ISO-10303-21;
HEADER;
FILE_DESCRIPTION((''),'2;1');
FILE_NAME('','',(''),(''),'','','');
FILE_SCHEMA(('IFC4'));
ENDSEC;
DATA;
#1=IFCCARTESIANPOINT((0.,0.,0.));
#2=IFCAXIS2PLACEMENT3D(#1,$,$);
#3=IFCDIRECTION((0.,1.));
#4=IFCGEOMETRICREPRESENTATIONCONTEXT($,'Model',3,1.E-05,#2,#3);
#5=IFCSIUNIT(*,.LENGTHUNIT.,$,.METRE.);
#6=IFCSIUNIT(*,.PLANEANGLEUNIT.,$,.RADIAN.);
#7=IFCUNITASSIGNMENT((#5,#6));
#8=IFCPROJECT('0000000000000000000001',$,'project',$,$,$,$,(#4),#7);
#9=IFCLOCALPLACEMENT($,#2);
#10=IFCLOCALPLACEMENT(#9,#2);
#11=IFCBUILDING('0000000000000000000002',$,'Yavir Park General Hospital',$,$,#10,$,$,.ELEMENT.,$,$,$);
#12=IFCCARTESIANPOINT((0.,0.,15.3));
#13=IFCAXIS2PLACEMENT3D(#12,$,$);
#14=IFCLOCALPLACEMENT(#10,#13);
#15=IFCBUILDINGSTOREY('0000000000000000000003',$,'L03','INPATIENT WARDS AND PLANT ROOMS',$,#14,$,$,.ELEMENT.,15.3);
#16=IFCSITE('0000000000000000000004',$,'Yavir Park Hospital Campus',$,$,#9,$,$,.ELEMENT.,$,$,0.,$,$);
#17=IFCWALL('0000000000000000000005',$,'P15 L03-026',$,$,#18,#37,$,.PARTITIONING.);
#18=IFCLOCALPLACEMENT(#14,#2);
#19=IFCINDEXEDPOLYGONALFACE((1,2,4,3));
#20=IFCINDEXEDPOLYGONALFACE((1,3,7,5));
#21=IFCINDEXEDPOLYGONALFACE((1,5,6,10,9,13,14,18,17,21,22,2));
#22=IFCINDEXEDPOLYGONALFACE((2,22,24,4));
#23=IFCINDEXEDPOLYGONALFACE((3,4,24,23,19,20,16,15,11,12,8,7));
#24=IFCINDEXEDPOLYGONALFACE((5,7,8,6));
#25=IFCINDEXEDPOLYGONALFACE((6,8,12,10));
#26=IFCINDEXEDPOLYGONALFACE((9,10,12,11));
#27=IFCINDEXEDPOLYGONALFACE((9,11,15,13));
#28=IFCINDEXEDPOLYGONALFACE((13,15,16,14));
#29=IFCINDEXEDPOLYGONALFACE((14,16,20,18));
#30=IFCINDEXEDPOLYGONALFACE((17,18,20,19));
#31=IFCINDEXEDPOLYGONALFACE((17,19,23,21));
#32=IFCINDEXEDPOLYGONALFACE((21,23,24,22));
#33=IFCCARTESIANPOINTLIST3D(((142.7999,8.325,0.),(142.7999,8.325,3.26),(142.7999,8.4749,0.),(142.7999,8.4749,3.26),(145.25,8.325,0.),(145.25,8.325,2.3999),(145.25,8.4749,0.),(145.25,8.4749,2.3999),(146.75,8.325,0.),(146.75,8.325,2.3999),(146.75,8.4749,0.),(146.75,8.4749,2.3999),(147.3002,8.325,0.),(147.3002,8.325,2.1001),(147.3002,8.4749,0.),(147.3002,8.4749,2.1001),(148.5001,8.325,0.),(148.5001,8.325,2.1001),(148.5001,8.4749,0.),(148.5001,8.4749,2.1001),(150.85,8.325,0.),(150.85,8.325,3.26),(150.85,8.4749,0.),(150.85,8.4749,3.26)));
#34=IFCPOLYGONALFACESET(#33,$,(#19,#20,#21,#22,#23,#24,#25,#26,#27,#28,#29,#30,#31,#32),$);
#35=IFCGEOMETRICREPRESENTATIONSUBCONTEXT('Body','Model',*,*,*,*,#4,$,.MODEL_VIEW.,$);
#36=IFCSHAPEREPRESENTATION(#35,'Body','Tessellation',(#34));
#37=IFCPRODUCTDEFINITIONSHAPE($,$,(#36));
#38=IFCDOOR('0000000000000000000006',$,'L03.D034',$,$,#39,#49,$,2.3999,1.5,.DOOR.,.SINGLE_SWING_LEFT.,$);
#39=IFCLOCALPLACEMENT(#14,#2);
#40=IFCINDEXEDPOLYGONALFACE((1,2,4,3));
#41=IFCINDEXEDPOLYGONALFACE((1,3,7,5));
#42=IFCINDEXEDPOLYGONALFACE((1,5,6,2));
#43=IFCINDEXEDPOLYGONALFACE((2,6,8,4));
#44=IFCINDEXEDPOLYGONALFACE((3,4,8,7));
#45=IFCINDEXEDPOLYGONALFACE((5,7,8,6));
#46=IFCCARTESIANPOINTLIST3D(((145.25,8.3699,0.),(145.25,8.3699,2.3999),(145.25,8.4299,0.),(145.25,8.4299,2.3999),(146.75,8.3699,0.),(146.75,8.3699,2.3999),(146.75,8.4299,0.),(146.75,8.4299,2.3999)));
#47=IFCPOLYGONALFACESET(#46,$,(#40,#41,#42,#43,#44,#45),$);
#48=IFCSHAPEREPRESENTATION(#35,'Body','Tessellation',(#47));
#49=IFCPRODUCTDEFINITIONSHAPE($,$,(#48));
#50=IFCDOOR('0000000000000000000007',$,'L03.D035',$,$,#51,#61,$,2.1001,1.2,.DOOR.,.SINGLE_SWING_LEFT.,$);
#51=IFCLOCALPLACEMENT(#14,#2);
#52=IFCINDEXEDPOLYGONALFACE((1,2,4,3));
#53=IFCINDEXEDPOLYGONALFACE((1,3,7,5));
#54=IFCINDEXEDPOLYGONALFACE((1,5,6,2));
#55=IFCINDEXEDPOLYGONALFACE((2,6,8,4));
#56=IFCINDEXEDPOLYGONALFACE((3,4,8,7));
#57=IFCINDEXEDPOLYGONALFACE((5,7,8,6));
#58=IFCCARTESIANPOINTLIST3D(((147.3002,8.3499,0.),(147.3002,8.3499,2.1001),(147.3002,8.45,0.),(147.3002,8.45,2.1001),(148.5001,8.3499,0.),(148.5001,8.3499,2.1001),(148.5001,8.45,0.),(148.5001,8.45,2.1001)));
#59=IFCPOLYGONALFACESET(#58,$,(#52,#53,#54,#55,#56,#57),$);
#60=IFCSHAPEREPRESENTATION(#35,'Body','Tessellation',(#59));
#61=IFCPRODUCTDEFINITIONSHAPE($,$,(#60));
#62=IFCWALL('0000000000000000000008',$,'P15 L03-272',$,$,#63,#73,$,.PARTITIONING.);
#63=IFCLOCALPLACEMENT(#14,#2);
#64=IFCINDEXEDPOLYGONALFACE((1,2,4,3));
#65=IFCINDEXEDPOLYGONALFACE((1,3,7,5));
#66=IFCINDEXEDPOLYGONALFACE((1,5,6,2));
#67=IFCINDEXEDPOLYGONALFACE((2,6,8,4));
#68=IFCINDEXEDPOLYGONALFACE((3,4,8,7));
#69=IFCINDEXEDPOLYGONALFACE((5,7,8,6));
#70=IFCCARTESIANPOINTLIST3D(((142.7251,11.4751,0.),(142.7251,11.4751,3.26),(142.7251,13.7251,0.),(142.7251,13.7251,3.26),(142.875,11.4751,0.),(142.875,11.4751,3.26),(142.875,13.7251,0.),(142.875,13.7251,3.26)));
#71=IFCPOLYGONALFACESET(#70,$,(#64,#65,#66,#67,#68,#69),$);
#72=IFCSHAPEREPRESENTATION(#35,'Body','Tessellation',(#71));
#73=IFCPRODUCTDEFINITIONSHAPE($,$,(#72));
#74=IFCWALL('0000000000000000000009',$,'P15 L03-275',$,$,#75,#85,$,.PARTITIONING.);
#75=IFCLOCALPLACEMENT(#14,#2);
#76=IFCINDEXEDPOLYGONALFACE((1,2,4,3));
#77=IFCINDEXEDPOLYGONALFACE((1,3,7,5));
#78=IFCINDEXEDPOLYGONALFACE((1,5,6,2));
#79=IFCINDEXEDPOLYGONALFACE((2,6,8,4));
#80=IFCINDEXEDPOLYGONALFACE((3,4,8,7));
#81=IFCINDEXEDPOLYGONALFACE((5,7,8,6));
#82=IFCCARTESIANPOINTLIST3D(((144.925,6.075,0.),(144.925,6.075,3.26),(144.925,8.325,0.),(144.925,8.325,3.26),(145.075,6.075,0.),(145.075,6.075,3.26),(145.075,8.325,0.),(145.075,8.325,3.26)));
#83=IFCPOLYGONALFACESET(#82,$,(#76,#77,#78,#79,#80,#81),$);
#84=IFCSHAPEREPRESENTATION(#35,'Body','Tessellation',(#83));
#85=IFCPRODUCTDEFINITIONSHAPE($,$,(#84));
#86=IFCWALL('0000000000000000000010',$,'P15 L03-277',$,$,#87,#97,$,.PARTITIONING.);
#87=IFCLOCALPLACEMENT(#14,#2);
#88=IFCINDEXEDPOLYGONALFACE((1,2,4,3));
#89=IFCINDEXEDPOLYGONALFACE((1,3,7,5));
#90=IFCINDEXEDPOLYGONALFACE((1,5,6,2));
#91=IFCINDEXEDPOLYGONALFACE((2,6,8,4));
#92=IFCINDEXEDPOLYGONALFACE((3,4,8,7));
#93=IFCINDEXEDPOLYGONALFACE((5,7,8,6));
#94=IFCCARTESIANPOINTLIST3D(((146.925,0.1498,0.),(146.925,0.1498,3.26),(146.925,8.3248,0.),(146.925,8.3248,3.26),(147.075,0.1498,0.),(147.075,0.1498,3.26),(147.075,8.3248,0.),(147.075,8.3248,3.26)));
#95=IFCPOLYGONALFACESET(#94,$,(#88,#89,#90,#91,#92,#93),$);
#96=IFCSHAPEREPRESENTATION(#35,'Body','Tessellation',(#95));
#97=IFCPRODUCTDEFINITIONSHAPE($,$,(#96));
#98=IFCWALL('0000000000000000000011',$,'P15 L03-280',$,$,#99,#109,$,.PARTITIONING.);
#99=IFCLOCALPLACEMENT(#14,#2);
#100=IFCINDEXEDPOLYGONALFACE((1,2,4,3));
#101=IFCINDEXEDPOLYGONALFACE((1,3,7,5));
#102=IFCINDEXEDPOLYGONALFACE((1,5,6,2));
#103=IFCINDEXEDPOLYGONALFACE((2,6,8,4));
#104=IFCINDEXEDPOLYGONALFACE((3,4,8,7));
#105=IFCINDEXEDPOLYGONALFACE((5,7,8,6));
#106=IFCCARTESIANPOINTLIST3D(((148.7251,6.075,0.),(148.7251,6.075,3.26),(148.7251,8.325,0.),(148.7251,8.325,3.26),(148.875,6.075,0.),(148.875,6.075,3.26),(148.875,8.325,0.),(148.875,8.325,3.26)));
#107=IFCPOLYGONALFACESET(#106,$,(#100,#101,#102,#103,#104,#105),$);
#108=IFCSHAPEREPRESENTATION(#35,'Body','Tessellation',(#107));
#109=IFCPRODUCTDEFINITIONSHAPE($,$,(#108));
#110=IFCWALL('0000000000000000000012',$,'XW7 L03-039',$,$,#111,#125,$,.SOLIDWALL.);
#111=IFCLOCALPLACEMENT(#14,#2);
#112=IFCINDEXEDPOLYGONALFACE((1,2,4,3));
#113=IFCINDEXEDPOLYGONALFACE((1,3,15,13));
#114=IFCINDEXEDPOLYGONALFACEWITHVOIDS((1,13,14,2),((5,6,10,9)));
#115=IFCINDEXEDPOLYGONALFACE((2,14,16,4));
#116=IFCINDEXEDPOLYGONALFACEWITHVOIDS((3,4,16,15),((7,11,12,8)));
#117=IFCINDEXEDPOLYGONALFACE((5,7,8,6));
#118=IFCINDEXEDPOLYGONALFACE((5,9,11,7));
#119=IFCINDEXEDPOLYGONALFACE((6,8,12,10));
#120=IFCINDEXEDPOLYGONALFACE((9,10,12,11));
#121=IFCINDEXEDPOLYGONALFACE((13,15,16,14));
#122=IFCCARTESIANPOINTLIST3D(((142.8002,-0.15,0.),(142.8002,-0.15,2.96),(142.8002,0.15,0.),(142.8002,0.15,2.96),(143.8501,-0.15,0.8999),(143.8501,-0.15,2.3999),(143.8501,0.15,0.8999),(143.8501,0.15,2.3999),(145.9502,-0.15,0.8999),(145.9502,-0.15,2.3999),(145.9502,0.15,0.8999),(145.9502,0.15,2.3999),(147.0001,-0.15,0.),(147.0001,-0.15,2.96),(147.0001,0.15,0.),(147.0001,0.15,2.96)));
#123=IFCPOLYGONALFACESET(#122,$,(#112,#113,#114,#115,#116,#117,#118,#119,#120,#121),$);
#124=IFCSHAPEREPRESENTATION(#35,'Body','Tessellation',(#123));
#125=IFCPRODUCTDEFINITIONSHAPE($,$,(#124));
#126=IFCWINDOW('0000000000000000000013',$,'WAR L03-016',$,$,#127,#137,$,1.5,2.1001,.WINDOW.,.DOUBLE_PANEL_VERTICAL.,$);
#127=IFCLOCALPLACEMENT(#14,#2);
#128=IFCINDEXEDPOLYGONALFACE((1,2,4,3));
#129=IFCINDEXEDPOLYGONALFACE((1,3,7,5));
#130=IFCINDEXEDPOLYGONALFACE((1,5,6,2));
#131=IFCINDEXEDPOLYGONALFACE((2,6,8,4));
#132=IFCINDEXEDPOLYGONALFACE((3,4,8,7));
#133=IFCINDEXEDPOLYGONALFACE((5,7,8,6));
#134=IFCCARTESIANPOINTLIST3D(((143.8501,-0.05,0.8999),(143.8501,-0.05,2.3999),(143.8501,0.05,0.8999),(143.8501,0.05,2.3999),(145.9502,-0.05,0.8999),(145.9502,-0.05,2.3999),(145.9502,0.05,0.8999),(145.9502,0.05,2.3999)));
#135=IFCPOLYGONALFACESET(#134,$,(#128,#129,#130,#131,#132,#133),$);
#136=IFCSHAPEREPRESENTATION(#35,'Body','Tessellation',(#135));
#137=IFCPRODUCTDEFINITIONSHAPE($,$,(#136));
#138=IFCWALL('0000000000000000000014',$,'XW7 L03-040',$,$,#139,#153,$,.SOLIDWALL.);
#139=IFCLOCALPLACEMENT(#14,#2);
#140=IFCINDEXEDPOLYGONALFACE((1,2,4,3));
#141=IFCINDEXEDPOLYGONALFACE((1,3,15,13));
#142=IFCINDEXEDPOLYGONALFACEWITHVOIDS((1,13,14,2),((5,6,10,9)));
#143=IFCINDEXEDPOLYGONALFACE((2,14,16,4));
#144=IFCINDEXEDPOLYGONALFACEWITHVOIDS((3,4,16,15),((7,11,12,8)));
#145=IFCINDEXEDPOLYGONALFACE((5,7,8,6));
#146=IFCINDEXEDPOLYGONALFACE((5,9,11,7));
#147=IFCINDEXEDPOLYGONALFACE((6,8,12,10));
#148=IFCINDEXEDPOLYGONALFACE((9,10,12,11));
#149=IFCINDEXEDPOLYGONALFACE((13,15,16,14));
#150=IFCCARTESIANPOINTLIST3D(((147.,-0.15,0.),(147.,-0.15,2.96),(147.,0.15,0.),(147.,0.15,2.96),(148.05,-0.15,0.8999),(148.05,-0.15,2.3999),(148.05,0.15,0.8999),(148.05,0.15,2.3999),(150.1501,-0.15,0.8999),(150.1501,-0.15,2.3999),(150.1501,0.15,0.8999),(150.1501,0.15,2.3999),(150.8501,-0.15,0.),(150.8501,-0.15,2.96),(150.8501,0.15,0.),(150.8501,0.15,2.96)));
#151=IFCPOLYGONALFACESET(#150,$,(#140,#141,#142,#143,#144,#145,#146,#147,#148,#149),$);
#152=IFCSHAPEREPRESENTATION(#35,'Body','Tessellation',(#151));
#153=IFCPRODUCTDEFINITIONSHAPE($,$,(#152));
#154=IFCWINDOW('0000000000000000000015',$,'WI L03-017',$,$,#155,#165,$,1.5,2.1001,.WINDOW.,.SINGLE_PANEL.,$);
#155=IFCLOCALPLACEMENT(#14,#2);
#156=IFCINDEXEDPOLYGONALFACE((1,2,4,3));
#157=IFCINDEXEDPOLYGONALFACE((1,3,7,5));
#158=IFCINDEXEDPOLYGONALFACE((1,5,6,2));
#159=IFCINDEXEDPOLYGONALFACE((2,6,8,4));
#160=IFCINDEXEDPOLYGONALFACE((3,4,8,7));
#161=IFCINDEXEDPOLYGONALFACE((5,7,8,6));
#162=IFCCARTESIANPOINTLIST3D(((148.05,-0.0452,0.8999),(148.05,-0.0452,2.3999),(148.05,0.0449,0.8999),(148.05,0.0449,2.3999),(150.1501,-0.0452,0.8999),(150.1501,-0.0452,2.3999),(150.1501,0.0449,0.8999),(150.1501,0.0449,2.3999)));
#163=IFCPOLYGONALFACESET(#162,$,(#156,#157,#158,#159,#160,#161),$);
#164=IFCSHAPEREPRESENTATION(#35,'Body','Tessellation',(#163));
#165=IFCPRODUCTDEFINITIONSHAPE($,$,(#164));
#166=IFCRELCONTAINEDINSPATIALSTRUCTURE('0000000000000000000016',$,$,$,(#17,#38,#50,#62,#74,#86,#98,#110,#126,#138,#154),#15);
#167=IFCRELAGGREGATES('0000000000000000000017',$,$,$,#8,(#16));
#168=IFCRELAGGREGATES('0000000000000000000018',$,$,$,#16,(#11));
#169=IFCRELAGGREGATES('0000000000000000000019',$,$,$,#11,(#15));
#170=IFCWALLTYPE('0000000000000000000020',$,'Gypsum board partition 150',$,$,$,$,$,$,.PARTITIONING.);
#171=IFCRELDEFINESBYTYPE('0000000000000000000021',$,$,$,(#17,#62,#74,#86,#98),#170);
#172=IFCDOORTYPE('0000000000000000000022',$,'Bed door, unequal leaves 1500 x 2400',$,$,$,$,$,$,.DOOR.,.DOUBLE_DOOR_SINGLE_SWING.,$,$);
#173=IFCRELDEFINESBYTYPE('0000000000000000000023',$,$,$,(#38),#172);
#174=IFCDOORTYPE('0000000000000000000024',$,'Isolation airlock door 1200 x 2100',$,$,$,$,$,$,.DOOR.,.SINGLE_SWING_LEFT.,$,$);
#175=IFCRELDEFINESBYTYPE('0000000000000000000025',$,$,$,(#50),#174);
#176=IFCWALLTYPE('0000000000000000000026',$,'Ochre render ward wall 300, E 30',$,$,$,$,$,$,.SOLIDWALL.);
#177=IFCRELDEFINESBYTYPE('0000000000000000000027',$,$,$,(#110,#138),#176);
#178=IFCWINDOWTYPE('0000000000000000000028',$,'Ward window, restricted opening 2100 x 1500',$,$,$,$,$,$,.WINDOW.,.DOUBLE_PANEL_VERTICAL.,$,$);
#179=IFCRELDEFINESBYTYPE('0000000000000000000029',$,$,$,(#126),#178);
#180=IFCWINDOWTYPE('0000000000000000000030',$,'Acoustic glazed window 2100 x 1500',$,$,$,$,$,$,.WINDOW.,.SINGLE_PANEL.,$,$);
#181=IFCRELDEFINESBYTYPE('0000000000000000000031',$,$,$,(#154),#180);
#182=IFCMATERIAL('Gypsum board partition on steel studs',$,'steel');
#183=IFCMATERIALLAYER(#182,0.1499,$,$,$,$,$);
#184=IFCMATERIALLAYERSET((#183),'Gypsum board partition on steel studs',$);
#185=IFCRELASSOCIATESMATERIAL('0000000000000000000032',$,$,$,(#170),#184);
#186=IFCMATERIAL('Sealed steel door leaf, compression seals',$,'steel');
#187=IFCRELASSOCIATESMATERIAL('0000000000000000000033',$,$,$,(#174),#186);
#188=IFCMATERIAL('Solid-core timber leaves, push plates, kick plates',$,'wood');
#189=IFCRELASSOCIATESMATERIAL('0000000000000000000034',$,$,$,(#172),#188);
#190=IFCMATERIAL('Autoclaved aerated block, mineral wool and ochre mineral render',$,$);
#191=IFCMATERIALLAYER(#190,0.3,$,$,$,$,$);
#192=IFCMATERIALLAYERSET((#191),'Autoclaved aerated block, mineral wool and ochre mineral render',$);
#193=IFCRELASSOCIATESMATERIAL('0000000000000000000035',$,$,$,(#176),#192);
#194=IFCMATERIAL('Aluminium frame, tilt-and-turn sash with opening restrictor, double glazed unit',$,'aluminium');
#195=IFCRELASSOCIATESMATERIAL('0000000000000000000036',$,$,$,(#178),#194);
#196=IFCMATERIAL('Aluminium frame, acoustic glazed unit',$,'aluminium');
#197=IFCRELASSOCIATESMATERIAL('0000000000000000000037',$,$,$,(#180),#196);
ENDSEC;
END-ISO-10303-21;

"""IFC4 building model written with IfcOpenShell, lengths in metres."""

from ifc_helpers import new_model, si_unit, direction, frame, frame_2d, origin, place, context, subcontext, project, spatial, rectangle, extrude, material, layer, layer_set, type_object, element, fill, save


model = new_model("IFC4")

# Units and contexts
model_context = context("Model", 3, precision=1e-05, world=origin(), true_north=direction((0.0, 1.0)))
body_context = subcontext(model_context, "Body", "Model", "MODEL_VIEW")
ifc_project = project(units=[si_unit("LENGTHUNIT", "METRE"), si_unit("PLANEANGLEUNIT", "RADIAN")], contexts=[model_context])

# Site, building, storey
site_placement = place(None, origin())
site = spatial("IfcSite", under=ifc_project, at=site_placement, Name="Yavir Park Hospital Campus", CompositionType="ELEMENT", RefElevation=0.0)
building_placement = place(site_placement, origin())
building = spatial("IfcBuilding", under=site, at=building_placement, Name="Yavir Park General Hospital", CompositionType="ELEMENT")
storey_placement = place(building_placement, frame((0.0, 0.0, 15.3)))
storey = spatial("IfcBuildingStorey", under=building, at=storey_placement, Name="L03", Description="INPATIENT WARDS AND PLANT ROOMS", CompositionType="ELEMENT", Elevation=15.3)

# Shared definitions
ifc_material_1 = material(Name="Gypsum board partition on steel studs", Category="steel")
ifc_layer_1 = layer(ifc_material_1, 0.1499)
ifc_layer_set_1 = layer_set([ifc_layer_1], Name="Gypsum board partition on steel studs")
wall_type_1 = type_object("IfcWallType", Name="Gypsum board partition 150", PredefinedType="PARTITIONING", material=ifc_layer_set_1)

# Wall, openings, doors
ifc_material_2 = material(Name="Sealed steel door leaf, compression seals", Category="steel")
door_type_1 = type_object("IfcDoorType", Name="Isolation airlock door 1200 x 2100", OperationType="SINGLE_SWING_LEFT", PredefinedType="DOOR", material=ifc_material_2)
wall_1_placement = place(storey_placement, frame((142.8, 8.3999, 0.0), z_axis=(0.0, 0.0, 1.0), x_axis=(1.0, 0.0, 0.0)))
wall_1 = element("IfcWall", 1, at=wall_1_placement, inside=storey, type_object=wall_type_1, Name="P15 L03-026", PredefinedType="PARTITIONING", context=body_context, shape_type="SweptSolid", body=[
    extrude(rectangle(XDim=8.05, YDim=0.1499, at=frame_2d((4.0249, 0.0))), origin(), (0.0, 0.0, 1.0), 3.26),
])
opening_1_placement = place(wall_1_placement, frame((2.45, 0.0, 0.0)))
opening_1 = element("IfcOpeningElement", 2, at=opening_1_placement, cuts=wall_1, PredefinedType="OPENING", context=body_context, shape_type="SweptSolid", body=[
    extrude(rectangle(XDim=1.5, YDim=2.3999, at=frame_2d((0.75, 1.2))), frame((0.0, 0.085, 0.0), z_axis=(0.0, -1.0, 0.0), x_axis=(1.0, 0.0, 0.0)), (0.0, 0.0, 1.0), 0.1699),
])
opening_2_placement = place(wall_1_placement, frame((4.5, 0.0, 0.0)))
opening_2 = element("IfcOpeningElement", 3, at=opening_2_placement, cuts=wall_1, PredefinedType="OPENING", context=body_context, shape_type="SweptSolid", body=[
    extrude(rectangle(XDim=1.2, YDim=2.1001, at=frame_2d((0.6001, 1.05))), frame((0.0, 0.085, 0.0), z_axis=(0.0, -1.0, 0.0), x_axis=(1.0, 0.0, 0.0)), (0.0, 0.0, 1.0), 0.1699),
])
ifc_material_3 = material(Name="Solid-core timber leaves, push plates, kick plates", Category="wood")
door_type_2 = type_object("IfcDoorType", Name="Bed door, unequal leaves 1500 x 2400", OperationType="DOUBLE_DOOR_SINGLE_SWING", PredefinedType="DOOR", material=ifc_material_3)
door_1_placement = place(opening_1_placement, origin())
door_1 = element("IfcDoor", 4, at=door_1_placement, inside=storey, type_object=door_type_2, Name="L03.D034", OperationType="SINGLE_SWING_LEFT", OverallHeight=2.3999, OverallWidth=1.5, PredefinedType="DOOR", context=body_context, shape_type="SweptSolid", body=[
    extrude(rectangle(XDim=1.5, YDim=2.3999, at=frame_2d((0.75, 1.2))), frame((0.0, 0.03, 0.0), z_axis=(0.0, -1.0, 0.0), x_axis=(1.0, 0.0, 0.0)), (0.0, 0.0, 1.0), 0.0601),
])
fill(opening_1, door_1)
door_2_placement = place(opening_2_placement, origin())
door_2 = element("IfcDoor", 5, at=door_2_placement, inside=storey, type_object=door_type_1, Name="L03.D035", OperationType="SINGLE_SWING_LEFT", OverallHeight=2.1001, OverallWidth=1.2, PredefinedType="DOOR", context=body_context, shape_type="SweptSolid", body=[
    extrude(rectangle(XDim=1.2, YDim=2.1001, at=frame_2d((0.6001, 1.05))), frame((0.0, 0.05, 0.0), z_axis=(0.0, -1.0, 0.0), x_axis=(1.0, 0.0, 0.0)), (0.0, 0.0, 1.0), 0.1001),
])
fill(opening_2, door_2)

# Walls
for number, where, z_axis, x_axis, name in (
    (6, (142.8, 11.4751, 0.0), (0.0, 0.0, 1.0), (0.0, 1.0, 0.0), "P15 L03-272"),
    (7, (145.0, 6.075, 0.0), (0.0, 0.0, 1.0), (0.0, 1.0, 0.0), "P15 L03-275"),
):
    element("IfcWall", number, at=place(storey_placement, frame(where, z_axis=z_axis, x_axis=x_axis)), inside=storey, type_object=wall_type_1, Name=name, PredefinedType="PARTITIONING", context=body_context, shape_type="SweptSolid", body=[
        extrude(rectangle(XDim=2.25, YDim=0.1499, at=frame_2d((1.125, 0.0))), origin(), (0.0, 0.0, 1.0), 3.26),
    ])
wall_2_placement = place(storey_placement, frame((147.0, 0.1499, 0.0), z_axis=(0.0, 0.0, 1.0), x_axis=(0.0, 1.0, 0.0)))
element("IfcWall", 8, at=wall_2_placement, inside=storey, type_object=wall_type_1, Name="P15 L03-277", PredefinedType="PARTITIONING", context=body_context, shape_type="SweptSolid", body=[
    extrude(rectangle(XDim=8.175, YDim=0.1499, at=frame_2d((4.0874, 0.0))), origin(), (0.0, 0.0, 1.0), 3.26),
])
wall_3_placement = place(storey_placement, frame((148.8, 6.075, 0.0), z_axis=(0.0, 0.0, 1.0), x_axis=(0.0, 1.0, 0.0)))
element("IfcWall", 9, at=wall_3_placement, inside=storey, type_object=wall_type_1, Name="P15 L03-280", PredefinedType="PARTITIONING", context=body_context, shape_type="SweptSolid", body=[
    extrude(rectangle(XDim=2.25, YDim=0.1499, at=frame_2d((1.125, 0.0))), origin(), (0.0, 0.0, 1.0), 3.26),
])

# Walls, openings, windows
ifc_material_4 = material(Name="Autoclaved aerated block, mineral wool and ochre mineral render")
ifc_layer_2 = layer(ifc_material_4, 0.3)
ifc_layer_set_2 = layer_set([ifc_layer_2], Name="Autoclaved aerated block, mineral wool and ochre mineral render")
wall_type_2 = type_object("IfcWallType", Name="Ochre render ward wall 300, E 30", PredefinedType="SOLIDWALL", material=ifc_layer_set_2)
wall_4_placement = place(storey_placement, frame((142.8, 0.0, 0.0), z_axis=(0.0, 0.0, 1.0), x_axis=(1.0, 0.0, 0.0)))
wall_4 = element("IfcWall", 10, at=wall_4_placement, inside=storey, type_object=wall_type_2, Name="XW7 L03-039", PredefinedType="SOLIDWALL", context=body_context, shape_type="SweptSolid", body=[
    extrude(rectangle(XDim=4.2, YDim=0.3, at=frame_2d((2.1001, 0.0))), origin(), (0.0, 0.0, 1.0), 2.96),
])
opening_3_placement = place(wall_4_placement, frame((1.05, 0.0, 0.8999)))
opening_3 = element("IfcOpeningElement", 11, at=opening_3_placement, cuts=wall_4, PredefinedType="OPENING", context=body_context, shape_type="SweptSolid", body=[
    extrude(rectangle(XDim=2.1001, YDim=1.5, at=frame_2d((1.05, 0.75))), frame((0.0, 0.1599, 0.0), z_axis=(0.0, -1.0, 0.0), x_axis=(1.0, 0.0, 0.0)), (0.0, 0.0, 1.0), 0.3201),
])
ifc_material_5 = material(Name="Aluminium frame, tilt-and-turn sash with opening restrictor, double glazed unit", Category="aluminium")
window_type_1 = type_object("IfcWindowType", Name="Ward window, restricted opening 2100 x 1500", PartitioningType="DOUBLE_PANEL_VERTICAL", PredefinedType="WINDOW", material=ifc_material_5)
window_1_placement = place(opening_3_placement, origin())
window_1 = element("IfcWindow", 12, at=window_1_placement, inside=storey, type_object=window_type_1, Name="WAR L03-016", OverallHeight=1.5, OverallWidth=2.1001, PartitioningType="DOUBLE_PANEL_VERTICAL", PredefinedType="WINDOW", context=body_context, shape_type="SweptSolid", body=[
    extrude(rectangle(XDim=2.1001, YDim=1.5, at=frame_2d((1.05, 0.75))), frame((0.0, 0.05, 0.0), z_axis=(0.0, -1.0, 0.0), x_axis=(1.0, 0.0, 0.0)), (0.0, 0.0, 1.0), 0.1001),
])
fill(opening_3, window_1)
wall_5_placement = place(storey_placement, frame((147.0, 0.0, 0.0), z_axis=(0.0, 0.0, 1.0), x_axis=(1.0, 0.0, 0.0)))
wall_5 = element("IfcWall", 13, at=wall_5_placement, inside=storey, type_object=wall_type_2, Name="XW7 L03-040", PredefinedType="SOLIDWALL", context=body_context, shape_type="SweptSolid", body=[
    extrude(rectangle(XDim=3.8501, YDim=0.3, at=frame_2d((1.925, 0.0))), origin(), (0.0, 0.0, 1.0), 2.96),
])
opening_4_placement = place(wall_5_placement, frame((1.05, 0.0, 0.8999)))
opening_4 = element("IfcOpeningElement", 14, at=opening_4_placement, cuts=wall_5, PredefinedType="OPENING", context=body_context, shape_type="SweptSolid", body=[
    extrude(rectangle(XDim=2.1001, YDim=1.5, at=frame_2d((1.05, 0.75))), frame((0.0, 0.1599, 0.0), z_axis=(0.0, -1.0, 0.0), x_axis=(1.0, 0.0, 0.0)), (0.0, 0.0, 1.0), 0.3201),
])
ifc_material_6 = material(Name="Aluminium frame, acoustic glazed unit", Category="aluminium")
window_type_2 = type_object("IfcWindowType", Name="Acoustic glazed window 2100 x 1500", PartitioningType="SINGLE_PANEL", PredefinedType="WINDOW", material=ifc_material_6)
window_2_placement = place(opening_4_placement, origin())
window_2 = element("IfcWindow", 15, at=window_2_placement, inside=storey, type_object=window_type_2, Name="WI L03-017", OverallHeight=1.5, OverallWidth=2.1001, PartitioningType="SINGLE_PANEL", PredefinedType="WINDOW", context=body_context, shape_type="SweptSolid", body=[
    extrude(rectangle(XDim=2.1001, YDim=1.5, at=frame_2d((1.05, 0.75))), frame((0.0, 0.0449, 0.0), z_axis=(0.0, -1.0, 0.0), x_axis=(1.0, 0.0, 0.0)), (0.0, 0.0, 1.0), 0.0901),
])
fill(opening_4, window_2)

save(model, "model.ifc")
